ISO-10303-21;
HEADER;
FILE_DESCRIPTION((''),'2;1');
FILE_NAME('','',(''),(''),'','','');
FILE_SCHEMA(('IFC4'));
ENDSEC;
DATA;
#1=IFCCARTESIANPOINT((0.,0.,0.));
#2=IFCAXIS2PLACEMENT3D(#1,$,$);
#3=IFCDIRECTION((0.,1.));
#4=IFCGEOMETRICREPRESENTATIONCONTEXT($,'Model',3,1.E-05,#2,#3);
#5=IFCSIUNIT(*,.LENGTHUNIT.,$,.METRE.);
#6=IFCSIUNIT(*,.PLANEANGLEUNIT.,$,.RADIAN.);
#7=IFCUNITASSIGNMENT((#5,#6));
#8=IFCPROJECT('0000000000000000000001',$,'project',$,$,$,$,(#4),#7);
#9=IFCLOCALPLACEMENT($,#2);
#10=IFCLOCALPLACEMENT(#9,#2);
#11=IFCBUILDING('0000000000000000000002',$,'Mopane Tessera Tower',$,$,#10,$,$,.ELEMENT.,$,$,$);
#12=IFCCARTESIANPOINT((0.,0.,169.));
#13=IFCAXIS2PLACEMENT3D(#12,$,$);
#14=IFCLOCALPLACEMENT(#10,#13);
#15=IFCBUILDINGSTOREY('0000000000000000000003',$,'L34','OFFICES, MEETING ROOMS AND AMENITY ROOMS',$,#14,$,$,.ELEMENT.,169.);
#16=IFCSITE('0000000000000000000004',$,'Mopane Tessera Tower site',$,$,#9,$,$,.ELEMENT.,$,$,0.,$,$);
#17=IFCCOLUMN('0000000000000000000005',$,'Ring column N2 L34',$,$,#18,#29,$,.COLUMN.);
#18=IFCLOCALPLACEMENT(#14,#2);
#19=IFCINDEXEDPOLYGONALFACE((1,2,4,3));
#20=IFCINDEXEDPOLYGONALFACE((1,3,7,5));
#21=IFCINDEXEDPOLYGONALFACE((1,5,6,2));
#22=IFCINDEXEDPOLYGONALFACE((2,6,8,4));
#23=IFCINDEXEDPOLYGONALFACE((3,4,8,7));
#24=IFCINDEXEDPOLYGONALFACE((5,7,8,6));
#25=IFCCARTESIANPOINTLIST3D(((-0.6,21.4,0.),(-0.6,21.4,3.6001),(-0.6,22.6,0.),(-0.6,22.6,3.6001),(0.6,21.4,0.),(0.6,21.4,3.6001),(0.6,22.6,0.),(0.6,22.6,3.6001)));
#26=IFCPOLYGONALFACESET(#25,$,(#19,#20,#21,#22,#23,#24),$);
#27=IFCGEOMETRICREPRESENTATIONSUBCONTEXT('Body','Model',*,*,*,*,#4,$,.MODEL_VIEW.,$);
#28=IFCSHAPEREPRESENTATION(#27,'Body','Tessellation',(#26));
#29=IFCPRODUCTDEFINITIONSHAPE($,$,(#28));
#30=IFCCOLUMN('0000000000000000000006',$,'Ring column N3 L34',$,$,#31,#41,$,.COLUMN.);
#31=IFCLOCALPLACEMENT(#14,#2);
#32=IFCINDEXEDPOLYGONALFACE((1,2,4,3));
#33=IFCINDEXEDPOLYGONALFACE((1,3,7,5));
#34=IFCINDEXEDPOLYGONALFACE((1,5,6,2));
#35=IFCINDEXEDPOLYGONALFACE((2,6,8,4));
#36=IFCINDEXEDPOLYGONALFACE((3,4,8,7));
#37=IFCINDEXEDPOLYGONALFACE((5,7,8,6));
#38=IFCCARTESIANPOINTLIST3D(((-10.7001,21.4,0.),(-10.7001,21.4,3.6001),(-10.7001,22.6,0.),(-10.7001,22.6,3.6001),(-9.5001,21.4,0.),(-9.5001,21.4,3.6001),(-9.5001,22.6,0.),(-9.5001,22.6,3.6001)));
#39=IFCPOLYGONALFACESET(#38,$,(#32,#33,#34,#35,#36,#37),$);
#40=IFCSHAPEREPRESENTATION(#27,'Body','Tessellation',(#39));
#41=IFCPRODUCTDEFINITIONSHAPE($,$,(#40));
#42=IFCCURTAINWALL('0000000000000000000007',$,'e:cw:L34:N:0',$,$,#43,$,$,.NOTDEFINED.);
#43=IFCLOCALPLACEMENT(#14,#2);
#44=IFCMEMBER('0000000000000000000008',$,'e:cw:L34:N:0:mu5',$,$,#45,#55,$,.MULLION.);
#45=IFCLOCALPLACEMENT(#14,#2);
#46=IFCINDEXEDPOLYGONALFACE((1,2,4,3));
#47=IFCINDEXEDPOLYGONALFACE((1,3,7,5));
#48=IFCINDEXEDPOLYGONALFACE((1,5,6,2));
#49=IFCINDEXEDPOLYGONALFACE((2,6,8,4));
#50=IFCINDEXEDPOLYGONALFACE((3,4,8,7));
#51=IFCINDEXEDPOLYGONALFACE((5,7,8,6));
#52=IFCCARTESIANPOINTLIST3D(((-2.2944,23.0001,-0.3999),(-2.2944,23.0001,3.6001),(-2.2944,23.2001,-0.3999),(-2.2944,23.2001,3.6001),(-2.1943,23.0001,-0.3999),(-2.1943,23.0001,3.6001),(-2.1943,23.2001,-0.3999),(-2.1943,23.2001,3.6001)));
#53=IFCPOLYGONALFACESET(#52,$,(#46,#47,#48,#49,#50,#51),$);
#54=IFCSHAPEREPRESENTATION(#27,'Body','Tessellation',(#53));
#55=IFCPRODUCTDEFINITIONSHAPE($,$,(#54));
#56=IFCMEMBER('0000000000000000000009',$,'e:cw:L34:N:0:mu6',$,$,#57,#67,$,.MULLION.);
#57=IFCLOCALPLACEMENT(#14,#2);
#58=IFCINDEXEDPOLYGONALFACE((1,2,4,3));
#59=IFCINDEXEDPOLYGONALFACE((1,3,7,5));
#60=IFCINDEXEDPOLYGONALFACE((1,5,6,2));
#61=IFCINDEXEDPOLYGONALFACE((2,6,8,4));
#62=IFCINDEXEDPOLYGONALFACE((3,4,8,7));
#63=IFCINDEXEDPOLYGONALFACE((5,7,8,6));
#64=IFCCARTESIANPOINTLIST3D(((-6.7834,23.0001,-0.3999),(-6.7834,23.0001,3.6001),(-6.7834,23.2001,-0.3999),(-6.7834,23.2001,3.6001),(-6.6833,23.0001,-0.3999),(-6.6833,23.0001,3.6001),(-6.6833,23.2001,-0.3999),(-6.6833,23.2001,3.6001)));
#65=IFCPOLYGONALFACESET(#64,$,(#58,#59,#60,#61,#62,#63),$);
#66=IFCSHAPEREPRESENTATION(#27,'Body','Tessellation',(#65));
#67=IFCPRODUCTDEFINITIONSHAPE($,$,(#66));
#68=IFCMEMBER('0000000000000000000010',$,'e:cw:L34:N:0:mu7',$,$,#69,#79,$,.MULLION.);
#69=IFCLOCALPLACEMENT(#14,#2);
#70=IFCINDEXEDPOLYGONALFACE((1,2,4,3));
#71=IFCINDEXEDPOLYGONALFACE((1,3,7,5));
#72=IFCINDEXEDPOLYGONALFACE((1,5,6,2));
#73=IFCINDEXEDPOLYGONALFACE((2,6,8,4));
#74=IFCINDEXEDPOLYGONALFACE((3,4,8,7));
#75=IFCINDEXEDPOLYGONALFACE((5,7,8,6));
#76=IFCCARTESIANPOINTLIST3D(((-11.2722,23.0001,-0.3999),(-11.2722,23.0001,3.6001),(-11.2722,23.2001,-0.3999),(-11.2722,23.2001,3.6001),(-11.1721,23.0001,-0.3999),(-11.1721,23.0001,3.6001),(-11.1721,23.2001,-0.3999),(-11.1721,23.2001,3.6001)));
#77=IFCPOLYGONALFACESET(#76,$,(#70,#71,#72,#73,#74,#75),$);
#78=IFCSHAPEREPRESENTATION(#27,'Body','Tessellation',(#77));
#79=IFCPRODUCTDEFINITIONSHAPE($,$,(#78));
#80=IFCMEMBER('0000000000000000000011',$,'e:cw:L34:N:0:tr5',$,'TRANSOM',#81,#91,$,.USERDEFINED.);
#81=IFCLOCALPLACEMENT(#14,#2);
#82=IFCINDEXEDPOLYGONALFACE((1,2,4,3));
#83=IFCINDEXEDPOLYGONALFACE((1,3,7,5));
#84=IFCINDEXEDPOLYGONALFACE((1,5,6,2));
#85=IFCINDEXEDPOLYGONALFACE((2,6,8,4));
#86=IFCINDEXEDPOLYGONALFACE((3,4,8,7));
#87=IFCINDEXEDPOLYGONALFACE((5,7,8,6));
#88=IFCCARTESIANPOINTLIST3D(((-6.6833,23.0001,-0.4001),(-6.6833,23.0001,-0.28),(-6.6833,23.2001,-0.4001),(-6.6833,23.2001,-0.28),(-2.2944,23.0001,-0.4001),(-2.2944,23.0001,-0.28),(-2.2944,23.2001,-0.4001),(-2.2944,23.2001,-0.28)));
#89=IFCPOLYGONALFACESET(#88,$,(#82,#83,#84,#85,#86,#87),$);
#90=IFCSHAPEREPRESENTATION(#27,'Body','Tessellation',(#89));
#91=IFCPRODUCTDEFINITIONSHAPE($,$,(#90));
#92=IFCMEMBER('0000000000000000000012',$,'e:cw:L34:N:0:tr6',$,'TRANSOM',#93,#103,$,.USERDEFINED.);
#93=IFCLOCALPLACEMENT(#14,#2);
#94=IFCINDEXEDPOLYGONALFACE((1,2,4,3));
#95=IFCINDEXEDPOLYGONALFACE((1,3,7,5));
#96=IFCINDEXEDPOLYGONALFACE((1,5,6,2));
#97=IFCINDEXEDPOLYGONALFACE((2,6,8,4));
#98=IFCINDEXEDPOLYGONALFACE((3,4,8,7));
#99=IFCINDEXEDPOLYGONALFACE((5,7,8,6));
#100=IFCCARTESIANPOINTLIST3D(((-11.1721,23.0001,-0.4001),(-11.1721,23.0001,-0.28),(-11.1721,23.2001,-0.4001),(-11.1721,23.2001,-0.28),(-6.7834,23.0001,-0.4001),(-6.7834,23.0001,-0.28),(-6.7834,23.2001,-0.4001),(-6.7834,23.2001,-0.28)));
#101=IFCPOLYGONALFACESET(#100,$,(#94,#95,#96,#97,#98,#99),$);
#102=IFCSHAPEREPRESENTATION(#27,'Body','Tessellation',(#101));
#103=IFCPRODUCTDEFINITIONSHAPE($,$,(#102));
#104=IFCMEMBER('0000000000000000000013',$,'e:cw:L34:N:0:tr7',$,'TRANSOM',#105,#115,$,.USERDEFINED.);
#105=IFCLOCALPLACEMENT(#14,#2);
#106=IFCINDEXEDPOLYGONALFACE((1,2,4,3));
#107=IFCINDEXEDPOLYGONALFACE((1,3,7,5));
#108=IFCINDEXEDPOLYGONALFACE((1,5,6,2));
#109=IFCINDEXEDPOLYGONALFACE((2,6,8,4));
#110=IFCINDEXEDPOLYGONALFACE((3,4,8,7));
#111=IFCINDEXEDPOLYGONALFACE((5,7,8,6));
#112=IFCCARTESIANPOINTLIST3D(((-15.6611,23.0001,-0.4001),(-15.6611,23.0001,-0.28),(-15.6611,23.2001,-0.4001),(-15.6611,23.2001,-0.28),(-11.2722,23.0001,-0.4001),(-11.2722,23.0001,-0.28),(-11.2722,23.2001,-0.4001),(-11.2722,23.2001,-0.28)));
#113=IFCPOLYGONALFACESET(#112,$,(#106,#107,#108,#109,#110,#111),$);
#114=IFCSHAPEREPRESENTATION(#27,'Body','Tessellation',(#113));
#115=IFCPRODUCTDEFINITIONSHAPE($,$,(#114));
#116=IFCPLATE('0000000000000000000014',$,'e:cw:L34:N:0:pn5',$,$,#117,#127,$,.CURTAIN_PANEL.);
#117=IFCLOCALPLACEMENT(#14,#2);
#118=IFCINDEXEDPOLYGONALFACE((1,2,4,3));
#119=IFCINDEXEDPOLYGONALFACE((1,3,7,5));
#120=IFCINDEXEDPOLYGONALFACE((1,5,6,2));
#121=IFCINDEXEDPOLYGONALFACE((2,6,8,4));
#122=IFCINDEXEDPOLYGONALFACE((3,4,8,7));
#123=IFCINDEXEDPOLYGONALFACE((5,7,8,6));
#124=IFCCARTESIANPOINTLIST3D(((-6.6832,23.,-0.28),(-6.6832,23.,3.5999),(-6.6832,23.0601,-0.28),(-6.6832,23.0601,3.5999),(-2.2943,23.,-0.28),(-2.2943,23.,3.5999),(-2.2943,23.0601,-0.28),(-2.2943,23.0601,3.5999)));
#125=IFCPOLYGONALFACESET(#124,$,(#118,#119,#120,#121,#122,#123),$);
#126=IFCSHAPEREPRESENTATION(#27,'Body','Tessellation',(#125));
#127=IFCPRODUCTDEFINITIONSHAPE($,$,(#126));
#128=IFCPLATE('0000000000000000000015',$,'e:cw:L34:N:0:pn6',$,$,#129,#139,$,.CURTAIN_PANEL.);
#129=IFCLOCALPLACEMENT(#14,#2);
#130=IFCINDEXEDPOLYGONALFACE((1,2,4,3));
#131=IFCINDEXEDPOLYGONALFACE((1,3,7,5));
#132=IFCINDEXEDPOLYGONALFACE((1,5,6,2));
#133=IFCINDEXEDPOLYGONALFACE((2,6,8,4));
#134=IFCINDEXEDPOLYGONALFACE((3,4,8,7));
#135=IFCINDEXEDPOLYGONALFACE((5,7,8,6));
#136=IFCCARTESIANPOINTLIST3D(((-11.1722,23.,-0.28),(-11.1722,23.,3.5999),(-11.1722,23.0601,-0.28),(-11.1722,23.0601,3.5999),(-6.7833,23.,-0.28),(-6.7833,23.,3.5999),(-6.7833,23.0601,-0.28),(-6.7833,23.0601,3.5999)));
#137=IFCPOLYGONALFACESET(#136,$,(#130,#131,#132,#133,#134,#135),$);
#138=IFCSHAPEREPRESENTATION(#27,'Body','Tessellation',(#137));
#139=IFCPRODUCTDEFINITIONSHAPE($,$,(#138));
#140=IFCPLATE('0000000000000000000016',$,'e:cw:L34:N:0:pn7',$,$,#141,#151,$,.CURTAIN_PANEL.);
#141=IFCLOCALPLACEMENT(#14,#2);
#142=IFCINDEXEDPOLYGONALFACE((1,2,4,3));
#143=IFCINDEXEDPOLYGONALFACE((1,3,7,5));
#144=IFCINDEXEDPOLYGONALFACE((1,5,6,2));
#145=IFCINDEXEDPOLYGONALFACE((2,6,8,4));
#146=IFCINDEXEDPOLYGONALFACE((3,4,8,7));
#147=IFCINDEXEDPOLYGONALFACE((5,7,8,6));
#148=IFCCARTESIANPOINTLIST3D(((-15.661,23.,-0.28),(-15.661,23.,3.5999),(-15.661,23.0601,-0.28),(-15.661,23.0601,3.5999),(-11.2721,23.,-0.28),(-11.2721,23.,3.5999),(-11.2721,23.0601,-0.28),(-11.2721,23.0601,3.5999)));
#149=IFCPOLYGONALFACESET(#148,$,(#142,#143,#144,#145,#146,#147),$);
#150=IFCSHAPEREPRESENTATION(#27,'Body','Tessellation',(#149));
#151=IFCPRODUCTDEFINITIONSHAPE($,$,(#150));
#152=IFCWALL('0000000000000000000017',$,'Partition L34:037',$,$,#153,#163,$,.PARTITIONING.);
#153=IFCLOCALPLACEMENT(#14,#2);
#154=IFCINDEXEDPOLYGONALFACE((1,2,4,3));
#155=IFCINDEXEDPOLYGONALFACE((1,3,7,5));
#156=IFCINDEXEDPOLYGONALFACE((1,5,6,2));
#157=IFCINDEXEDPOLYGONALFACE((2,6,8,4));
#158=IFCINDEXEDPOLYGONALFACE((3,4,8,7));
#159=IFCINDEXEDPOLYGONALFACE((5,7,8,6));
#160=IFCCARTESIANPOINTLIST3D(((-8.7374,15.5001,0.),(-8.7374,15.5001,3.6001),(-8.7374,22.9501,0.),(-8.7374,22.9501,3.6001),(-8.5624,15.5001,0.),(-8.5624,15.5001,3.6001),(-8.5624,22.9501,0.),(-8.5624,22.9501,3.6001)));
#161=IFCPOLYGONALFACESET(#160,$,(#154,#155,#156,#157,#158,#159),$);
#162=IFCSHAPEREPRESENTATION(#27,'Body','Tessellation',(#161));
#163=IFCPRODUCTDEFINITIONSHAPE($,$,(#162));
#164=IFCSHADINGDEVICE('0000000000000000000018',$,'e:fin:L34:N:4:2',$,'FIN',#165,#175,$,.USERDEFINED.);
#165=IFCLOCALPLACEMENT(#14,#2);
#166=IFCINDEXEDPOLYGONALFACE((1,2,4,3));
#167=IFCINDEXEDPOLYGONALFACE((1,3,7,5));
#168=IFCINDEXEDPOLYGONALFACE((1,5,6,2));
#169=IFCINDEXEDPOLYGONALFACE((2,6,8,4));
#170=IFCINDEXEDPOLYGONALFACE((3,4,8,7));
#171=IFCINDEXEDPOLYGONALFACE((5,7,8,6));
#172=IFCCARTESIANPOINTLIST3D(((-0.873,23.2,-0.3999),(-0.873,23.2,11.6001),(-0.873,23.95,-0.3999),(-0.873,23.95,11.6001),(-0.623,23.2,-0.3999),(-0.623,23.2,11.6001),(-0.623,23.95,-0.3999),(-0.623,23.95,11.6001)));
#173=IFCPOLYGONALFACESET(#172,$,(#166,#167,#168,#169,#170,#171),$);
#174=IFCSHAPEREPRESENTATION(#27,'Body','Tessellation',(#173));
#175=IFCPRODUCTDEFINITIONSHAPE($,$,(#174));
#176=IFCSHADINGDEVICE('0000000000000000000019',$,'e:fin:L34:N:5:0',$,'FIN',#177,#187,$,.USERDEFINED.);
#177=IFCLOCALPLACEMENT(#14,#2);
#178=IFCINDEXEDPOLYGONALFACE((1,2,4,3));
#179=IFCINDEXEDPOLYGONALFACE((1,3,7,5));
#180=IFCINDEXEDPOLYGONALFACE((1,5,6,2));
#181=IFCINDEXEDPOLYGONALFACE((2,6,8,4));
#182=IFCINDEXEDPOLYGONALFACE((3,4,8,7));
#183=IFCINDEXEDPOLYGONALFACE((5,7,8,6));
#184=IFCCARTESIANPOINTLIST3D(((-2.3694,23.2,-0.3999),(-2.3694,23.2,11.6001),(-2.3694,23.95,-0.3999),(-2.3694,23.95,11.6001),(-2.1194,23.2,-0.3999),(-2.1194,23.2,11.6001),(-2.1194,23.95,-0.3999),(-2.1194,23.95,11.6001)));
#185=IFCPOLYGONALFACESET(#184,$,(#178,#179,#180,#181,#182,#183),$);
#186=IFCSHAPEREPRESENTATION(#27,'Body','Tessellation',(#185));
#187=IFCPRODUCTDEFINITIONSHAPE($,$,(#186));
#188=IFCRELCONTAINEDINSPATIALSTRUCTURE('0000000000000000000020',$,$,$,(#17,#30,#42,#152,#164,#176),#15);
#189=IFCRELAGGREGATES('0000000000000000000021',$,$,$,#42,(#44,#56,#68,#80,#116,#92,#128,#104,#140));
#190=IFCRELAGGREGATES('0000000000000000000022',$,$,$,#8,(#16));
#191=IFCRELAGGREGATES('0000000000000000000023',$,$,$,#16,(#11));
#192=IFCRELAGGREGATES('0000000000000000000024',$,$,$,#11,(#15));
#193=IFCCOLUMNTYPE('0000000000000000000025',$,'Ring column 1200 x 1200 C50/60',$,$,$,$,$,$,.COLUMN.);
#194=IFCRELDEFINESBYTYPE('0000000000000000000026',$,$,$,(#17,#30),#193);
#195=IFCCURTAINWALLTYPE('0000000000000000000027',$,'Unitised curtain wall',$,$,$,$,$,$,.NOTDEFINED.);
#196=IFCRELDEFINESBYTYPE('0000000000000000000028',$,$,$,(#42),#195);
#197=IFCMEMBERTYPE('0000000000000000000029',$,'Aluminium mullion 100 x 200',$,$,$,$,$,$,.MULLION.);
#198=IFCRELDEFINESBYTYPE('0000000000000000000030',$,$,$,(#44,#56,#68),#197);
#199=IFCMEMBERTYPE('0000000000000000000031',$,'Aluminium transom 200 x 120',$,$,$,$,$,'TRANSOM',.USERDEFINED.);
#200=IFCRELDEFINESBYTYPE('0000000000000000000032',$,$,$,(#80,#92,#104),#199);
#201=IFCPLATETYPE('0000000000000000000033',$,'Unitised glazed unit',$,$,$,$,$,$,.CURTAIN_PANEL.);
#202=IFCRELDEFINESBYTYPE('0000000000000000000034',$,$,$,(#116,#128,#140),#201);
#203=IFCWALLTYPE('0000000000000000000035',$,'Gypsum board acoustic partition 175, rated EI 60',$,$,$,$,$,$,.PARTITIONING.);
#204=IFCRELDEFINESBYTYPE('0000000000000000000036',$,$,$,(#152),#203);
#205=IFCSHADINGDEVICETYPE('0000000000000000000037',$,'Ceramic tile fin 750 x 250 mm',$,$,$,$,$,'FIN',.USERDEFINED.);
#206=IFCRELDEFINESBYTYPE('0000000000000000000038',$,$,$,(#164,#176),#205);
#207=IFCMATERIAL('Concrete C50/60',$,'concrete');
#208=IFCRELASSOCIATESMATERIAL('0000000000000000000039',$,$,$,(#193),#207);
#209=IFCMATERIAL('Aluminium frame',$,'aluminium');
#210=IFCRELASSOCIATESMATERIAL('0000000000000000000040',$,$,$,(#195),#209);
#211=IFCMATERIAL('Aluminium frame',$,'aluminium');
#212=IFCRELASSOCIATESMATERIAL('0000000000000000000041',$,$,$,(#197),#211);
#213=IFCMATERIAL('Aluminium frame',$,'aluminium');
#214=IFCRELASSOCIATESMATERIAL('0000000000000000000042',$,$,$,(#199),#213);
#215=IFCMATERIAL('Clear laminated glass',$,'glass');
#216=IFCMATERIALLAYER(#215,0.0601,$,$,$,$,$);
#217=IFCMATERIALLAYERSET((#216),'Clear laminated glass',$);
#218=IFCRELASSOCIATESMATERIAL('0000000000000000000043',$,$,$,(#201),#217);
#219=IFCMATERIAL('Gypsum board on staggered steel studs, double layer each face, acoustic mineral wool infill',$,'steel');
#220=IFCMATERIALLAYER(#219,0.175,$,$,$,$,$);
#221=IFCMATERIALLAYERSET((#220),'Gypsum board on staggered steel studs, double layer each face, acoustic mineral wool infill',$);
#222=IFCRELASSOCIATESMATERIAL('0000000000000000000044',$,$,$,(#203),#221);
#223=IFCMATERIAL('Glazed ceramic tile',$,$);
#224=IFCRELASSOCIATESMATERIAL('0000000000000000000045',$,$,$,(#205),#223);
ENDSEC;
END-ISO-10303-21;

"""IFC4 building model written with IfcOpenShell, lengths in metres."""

from ifc_helpers import new_model, si_unit, direction, frame, frame_2d, origin, origin_2d, place, context, subcontext, project, spatial, rectangle, extrude, material, layer, layer_set, material_profile, profile_set, type_object, element, aggregate, save


model = new_model("IFC4")

# Units and contexts
model_context = context("Model", 3, precision=1e-05, world=origin(), true_north=direction((0.0, 1.0)))
body_context = subcontext(model_context, "Body", "Model", "MODEL_VIEW")
ifc_project = project(units=[si_unit("LENGTHUNIT", "METRE"), si_unit("PLANEANGLEUNIT", "RADIAN")], contexts=[model_context])

# Site, building, storey
site_placement = place(None, origin())
site = spatial("IfcSite", under=ifc_project, at=site_placement, Name="Mopane Tessera Tower site", CompositionType="ELEMENT", RefElevation=0.0)
building_placement = place(site_placement, origin())
building = spatial("IfcBuilding", under=site, at=building_placement, Name="Mopane Tessera Tower", CompositionType="ELEMENT")
storey_placement = place(building_placement, frame((0.0, 0.0, 169.0)))
storey = spatial("IfcBuildingStorey", under=building, at=storey_placement, Name="L34", Description="OFFICES, MEETING ROOMS AND AMENITY ROOMS", CompositionType="ELEMENT", Elevation=169.0)

# Columns
ifc_material_1 = material(Name="Concrete C50/60", Category="concrete")
ifc_material_profile_1 = material_profile(ifc_material_1, rectangle(XDim=1.2, YDim=1.2, at=origin_2d()))
ifc_profile_set_1 = profile_set([ifc_material_profile_1], Name="Concrete C50/60")
column_type = type_object("IfcColumnType", Name="Ring column 1200 x 1200 C50/60", PredefinedType="COLUMN", material=ifc_profile_set_1)
for number, where, z_axis, x_axis, name in (
    (1, (0.0, 22.0, 0.0), (0.0, 0.0, 1.0), (1.0, 0.0, 0.0), "Ring column N2 L34"),
    (2, (-10.1001, 22.0, 0.0), (0.0, 0.0, 1.0), (1.0, 0.0, 0.0), "Ring column N3 L34"),
):
    element("IfcColumn", number, at=place(storey_placement, frame(where, z_axis=z_axis, x_axis=x_axis)), inside=storey, type_object=column_type, Name=name, PredefinedType="COLUMN", context=body_context, shape_type="SweptSolid", body=[
        extrude(rectangle(XDim=1.2, YDim=1.2, at=origin_2d()), origin(), (0.0, 0.0, 1.0), 3.6001),
    ])

# Curtain wall, members, plates
ifc_material_2 = material(Name="Aluminium frame", Category="aluminium")
curtain_wall_type = type_object("IfcCurtainWallType", Name="Unitised curtain wall", PredefinedType="NOTDEFINED", material=ifc_material_2)
curtain_wall_placement = place(storey_placement, origin())
curtain_wall = element("IfcCurtainWall", 3, at=curtain_wall_placement, inside=storey, type_object=curtain_wall_type, Name="e:cw:L34:N:0", PredefinedType="NOTDEFINED")
ifc_material_3 = material(Name="Aluminium frame", Category="aluminium")
ifc_material_profile_2 = material_profile(ifc_material_3, rectangle(XDim=0.1001, YDim=0.2, at=origin_2d()))
ifc_profile_set_2 = profile_set([ifc_material_profile_2], Name="Aluminium frame")
member_type_1 = type_object("IfcMemberType", Name="Aluminium mullion 100 x 200", PredefinedType="MULLION", material=ifc_profile_set_2)
member_1_placement = place(storey_placement, frame((-2.2444, 23.1001, -0.3999), z_axis=(0.0, 0.0, 1.0), x_axis=(-1.0, 0.0, 0.0)))
member_1 = element("IfcMember", 4, at=member_1_placement, type_object=member_type_1, Name="e:cw:L34:N:0:mu5", PredefinedType="MULLION", context=body_context, shape_type="SweptSolid", body=[
    extrude(rectangle(XDim=0.1001, YDim=0.2, at=origin_2d()), origin(), (0.0, 0.0, 1.0), 4.0),
])
member_2_placement = place(storey_placement, frame((-6.7334, 23.1001, -0.3999), z_axis=(0.0, 0.0, 1.0), x_axis=(-1.0, 0.0, 0.0)))
member_2 = element("IfcMember", 5, at=member_2_placement, type_object=member_type_1, Name="e:cw:L34:N:0:mu6", PredefinedType="MULLION", context=body_context, shape_type="SweptSolid", body=[
    extrude(rectangle(XDim=0.1001, YDim=0.2, at=origin_2d()), origin(), (0.0, 0.0, 1.0), 4.0),
])
member_3_placement = place(storey_placement, frame((-11.2222, 23.1001, -0.3999), z_axis=(0.0, 0.0, 1.0), x_axis=(-1.0, 0.0, 0.0)))
member_3 = element("IfcMember", 6, at=member_3_placement, type_object=member_type_1, Name="e:cw:L34:N:0:mu7", PredefinedType="MULLION", context=body_context, shape_type="SweptSolid", body=[
    extrude(rectangle(XDim=0.1001, YDim=0.2, at=origin_2d()), origin(), (0.0, 0.0, 1.0), 4.0),
])
ifc_material_4 = material(Name="Aluminium frame", Category="aluminium")
ifc_material_profile_3 = material_profile(ifc_material_4, rectangle(XDim=0.2, YDim=0.1201, at=origin_2d()))
ifc_profile_set_3 = profile_set([ifc_material_profile_3], Name="Aluminium frame")
member_type_2 = type_object("IfcMemberType", Name="Aluminium transom 200 x 120", ElementType="TRANSOM", PredefinedType="USERDEFINED", material=ifc_profile_set_3)
member_4_placement = place(storey_placement, frame((-2.2944, 23.1001, -0.3401), z_axis=(-1.0, 0.0, 0.0), x_axis=(0.0, -1.0, 0.0)))
member_4 = element("IfcMember", 7, at=member_4_placement, type_object=member_type_2, Name="e:cw:L34:N:0:tr5", ObjectType="TRANSOM", PredefinedType="USERDEFINED", context=body_context, shape_type="SweptSolid", body=[
    extrude(rectangle(XDim=0.2, YDim=0.1201, at=origin_2d()), origin(), (0.0, 0.0, 1.0), 4.3889),
])
member_5_placement = place(storey_placement, frame((-6.7834, 23.1001, -0.3401), z_axis=(-1.0, 0.0, 0.0), x_axis=(0.0, -1.0, 0.0)))
member_5 = element("IfcMember", 8, at=member_5_placement, type_object=member_type_2, Name="e:cw:L34:N:0:tr6", ObjectType="TRANSOM", PredefinedType="USERDEFINED", context=body_context, shape_type="SweptSolid", body=[
    extrude(rectangle(XDim=0.2, YDim=0.1201, at=origin_2d()), origin(), (0.0, 0.0, 1.0), 4.3887),
])
member_6_placement = place(storey_placement, frame((-11.2722, 23.1001, -0.3401), z_axis=(-1.0, 0.0, 0.0), x_axis=(0.0, -1.0, 0.0)))
member_6 = element("IfcMember", 9, at=member_6_placement, type_object=member_type_2, Name="e:cw:L34:N:0:tr7", ObjectType="TRANSOM", PredefinedType="USERDEFINED", context=body_context, shape_type="SweptSolid", body=[
    extrude(rectangle(XDim=0.2, YDim=0.1201, at=origin_2d()), origin(), (0.0, 0.0, 1.0), 4.3889),
])
ifc_material_5 = material(Name="Clear laminated glass", Category="glass")
ifc_layer_1 = layer(ifc_material_5, 0.0601)
ifc_layer_set_1 = layer_set([ifc_layer_1], Name="Clear laminated glass")
plate_type = type_object("IfcPlateType", Name="Unitised glazed unit", PredefinedType="CURTAIN_PANEL", material=ifc_layer_set_1)
plate_1_placement = place(storey_placement, frame((-4.4888, 23.03, -0.28), z_axis=(0.0, 0.0, 1.0), x_axis=(-1.0, 0.0, 0.0)))
plate_1 = element("IfcPlate", 10, at=plate_1_placement, type_object=plate_type, Name="e:cw:L34:N:0:pn5", PredefinedType="CURTAIN_PANEL", context=body_context, shape_type="SweptSolid", body=[
    extrude(rectangle(XDim=4.3889, YDim=0.0601, at=origin_2d()), origin(), (0.0, 0.0, 1.0), 3.8799),
])
plate_2_placement = place(storey_placement, frame((-8.9778, 23.03, -0.28), z_axis=(0.0, 0.0, 1.0), x_axis=(-1.0, 0.0, 0.0)))
plate_2 = element("IfcPlate", 11, at=plate_2_placement, type_object=plate_type, Name="e:cw:L34:N:0:pn6", PredefinedType="CURTAIN_PANEL", context=body_context, shape_type="SweptSolid", body=[
    extrude(rectangle(XDim=4.3889, YDim=0.0601, at=origin_2d()), origin(), (0.0, 0.0, 1.0), 3.8799),
])
plate_3_placement = place(storey_placement, frame((-13.4666, 23.03, -0.28), z_axis=(0.0, 0.0, 1.0), x_axis=(-1.0, 0.0, 0.0)))
plate_3 = element("IfcPlate", 12, at=plate_3_placement, type_object=plate_type, Name="e:cw:L34:N:0:pn7", PredefinedType="CURTAIN_PANEL", context=body_context, shape_type="SweptSolid", body=[
    extrude(rectangle(XDim=4.3889, YDim=0.0601, at=origin_2d()), origin(), (0.0, 0.0, 1.0), 3.8799),
])
aggregate(curtain_wall, [member_1, member_2, member_3, member_4, plate_1, member_5, plate_2, member_6, plate_3])

# Wall
ifc_material_6 = material(Name="Gypsum board on staggered steel studs, double layer each face, acoustic mineral wool infill", Category="steel")
ifc_layer_2 = layer(ifc_material_6, 0.175)
ifc_layer_set_2 = layer_set([ifc_layer_2], Name="Gypsum board on staggered steel studs, double layer each face, acoustic mineral wool infill")
wall_type = type_object("IfcWallType", Name="Gypsum board acoustic partition 175, rated EI 60", PredefinedType="PARTITIONING", material=ifc_layer_set_2)
wall_placement = place(storey_placement, frame((-8.6499, 15.5, 0.0), z_axis=(0.0, 0.0, 1.0), x_axis=(0.0, 1.0, 0.0)))
element("IfcWall", 13, at=wall_placement, inside=storey, type_object=wall_type, Name="Partition L34:037", PredefinedType="PARTITIONING", context=body_context, shape_type="SweptSolid", body=[
    extrude(rectangle(XDim=7.45, YDim=0.175, at=frame_2d((3.7251, 0.0))), origin(), (0.0, 0.0, 1.0), 3.6001),
])

# Shading devices
ifc_material_7 = material(Name="Glazed ceramic tile")
shading_device_type = type_object("IfcShadingDeviceType", Name="Ceramic tile fin 750 x 250 mm", ElementType="FIN", PredefinedType="USERDEFINED", material=ifc_material_7)
for number, where, z_axis, x_axis, name in (
    (14, (-0.748, 23.575, -0.3999), (0.0, 0.0, 1.0), (-1.0, 0.0, 0.0), "e:fin:L34:N:4:2"),
    (15, (-2.2444, 23.575, -0.3999), (0.0, 0.0, 1.0), (-1.0, 0.0, 0.0), "e:fin:L34:N:5:0"),
):
    element("IfcShadingDevice", number, at=place(storey_placement, frame(where, z_axis=z_axis, x_axis=x_axis)), inside=storey, type_object=shading_device_type, Name=name, ObjectType="FIN", PredefinedType="USERDEFINED", context=body_context, shape_type="SweptSolid", body=[
        extrude(rectangle(XDim=0.25, YDim=0.75, at=origin_2d()), origin(), (0.0, 0.0, 1.0), 12.0),
    ])

save(model, "model.ifc")
